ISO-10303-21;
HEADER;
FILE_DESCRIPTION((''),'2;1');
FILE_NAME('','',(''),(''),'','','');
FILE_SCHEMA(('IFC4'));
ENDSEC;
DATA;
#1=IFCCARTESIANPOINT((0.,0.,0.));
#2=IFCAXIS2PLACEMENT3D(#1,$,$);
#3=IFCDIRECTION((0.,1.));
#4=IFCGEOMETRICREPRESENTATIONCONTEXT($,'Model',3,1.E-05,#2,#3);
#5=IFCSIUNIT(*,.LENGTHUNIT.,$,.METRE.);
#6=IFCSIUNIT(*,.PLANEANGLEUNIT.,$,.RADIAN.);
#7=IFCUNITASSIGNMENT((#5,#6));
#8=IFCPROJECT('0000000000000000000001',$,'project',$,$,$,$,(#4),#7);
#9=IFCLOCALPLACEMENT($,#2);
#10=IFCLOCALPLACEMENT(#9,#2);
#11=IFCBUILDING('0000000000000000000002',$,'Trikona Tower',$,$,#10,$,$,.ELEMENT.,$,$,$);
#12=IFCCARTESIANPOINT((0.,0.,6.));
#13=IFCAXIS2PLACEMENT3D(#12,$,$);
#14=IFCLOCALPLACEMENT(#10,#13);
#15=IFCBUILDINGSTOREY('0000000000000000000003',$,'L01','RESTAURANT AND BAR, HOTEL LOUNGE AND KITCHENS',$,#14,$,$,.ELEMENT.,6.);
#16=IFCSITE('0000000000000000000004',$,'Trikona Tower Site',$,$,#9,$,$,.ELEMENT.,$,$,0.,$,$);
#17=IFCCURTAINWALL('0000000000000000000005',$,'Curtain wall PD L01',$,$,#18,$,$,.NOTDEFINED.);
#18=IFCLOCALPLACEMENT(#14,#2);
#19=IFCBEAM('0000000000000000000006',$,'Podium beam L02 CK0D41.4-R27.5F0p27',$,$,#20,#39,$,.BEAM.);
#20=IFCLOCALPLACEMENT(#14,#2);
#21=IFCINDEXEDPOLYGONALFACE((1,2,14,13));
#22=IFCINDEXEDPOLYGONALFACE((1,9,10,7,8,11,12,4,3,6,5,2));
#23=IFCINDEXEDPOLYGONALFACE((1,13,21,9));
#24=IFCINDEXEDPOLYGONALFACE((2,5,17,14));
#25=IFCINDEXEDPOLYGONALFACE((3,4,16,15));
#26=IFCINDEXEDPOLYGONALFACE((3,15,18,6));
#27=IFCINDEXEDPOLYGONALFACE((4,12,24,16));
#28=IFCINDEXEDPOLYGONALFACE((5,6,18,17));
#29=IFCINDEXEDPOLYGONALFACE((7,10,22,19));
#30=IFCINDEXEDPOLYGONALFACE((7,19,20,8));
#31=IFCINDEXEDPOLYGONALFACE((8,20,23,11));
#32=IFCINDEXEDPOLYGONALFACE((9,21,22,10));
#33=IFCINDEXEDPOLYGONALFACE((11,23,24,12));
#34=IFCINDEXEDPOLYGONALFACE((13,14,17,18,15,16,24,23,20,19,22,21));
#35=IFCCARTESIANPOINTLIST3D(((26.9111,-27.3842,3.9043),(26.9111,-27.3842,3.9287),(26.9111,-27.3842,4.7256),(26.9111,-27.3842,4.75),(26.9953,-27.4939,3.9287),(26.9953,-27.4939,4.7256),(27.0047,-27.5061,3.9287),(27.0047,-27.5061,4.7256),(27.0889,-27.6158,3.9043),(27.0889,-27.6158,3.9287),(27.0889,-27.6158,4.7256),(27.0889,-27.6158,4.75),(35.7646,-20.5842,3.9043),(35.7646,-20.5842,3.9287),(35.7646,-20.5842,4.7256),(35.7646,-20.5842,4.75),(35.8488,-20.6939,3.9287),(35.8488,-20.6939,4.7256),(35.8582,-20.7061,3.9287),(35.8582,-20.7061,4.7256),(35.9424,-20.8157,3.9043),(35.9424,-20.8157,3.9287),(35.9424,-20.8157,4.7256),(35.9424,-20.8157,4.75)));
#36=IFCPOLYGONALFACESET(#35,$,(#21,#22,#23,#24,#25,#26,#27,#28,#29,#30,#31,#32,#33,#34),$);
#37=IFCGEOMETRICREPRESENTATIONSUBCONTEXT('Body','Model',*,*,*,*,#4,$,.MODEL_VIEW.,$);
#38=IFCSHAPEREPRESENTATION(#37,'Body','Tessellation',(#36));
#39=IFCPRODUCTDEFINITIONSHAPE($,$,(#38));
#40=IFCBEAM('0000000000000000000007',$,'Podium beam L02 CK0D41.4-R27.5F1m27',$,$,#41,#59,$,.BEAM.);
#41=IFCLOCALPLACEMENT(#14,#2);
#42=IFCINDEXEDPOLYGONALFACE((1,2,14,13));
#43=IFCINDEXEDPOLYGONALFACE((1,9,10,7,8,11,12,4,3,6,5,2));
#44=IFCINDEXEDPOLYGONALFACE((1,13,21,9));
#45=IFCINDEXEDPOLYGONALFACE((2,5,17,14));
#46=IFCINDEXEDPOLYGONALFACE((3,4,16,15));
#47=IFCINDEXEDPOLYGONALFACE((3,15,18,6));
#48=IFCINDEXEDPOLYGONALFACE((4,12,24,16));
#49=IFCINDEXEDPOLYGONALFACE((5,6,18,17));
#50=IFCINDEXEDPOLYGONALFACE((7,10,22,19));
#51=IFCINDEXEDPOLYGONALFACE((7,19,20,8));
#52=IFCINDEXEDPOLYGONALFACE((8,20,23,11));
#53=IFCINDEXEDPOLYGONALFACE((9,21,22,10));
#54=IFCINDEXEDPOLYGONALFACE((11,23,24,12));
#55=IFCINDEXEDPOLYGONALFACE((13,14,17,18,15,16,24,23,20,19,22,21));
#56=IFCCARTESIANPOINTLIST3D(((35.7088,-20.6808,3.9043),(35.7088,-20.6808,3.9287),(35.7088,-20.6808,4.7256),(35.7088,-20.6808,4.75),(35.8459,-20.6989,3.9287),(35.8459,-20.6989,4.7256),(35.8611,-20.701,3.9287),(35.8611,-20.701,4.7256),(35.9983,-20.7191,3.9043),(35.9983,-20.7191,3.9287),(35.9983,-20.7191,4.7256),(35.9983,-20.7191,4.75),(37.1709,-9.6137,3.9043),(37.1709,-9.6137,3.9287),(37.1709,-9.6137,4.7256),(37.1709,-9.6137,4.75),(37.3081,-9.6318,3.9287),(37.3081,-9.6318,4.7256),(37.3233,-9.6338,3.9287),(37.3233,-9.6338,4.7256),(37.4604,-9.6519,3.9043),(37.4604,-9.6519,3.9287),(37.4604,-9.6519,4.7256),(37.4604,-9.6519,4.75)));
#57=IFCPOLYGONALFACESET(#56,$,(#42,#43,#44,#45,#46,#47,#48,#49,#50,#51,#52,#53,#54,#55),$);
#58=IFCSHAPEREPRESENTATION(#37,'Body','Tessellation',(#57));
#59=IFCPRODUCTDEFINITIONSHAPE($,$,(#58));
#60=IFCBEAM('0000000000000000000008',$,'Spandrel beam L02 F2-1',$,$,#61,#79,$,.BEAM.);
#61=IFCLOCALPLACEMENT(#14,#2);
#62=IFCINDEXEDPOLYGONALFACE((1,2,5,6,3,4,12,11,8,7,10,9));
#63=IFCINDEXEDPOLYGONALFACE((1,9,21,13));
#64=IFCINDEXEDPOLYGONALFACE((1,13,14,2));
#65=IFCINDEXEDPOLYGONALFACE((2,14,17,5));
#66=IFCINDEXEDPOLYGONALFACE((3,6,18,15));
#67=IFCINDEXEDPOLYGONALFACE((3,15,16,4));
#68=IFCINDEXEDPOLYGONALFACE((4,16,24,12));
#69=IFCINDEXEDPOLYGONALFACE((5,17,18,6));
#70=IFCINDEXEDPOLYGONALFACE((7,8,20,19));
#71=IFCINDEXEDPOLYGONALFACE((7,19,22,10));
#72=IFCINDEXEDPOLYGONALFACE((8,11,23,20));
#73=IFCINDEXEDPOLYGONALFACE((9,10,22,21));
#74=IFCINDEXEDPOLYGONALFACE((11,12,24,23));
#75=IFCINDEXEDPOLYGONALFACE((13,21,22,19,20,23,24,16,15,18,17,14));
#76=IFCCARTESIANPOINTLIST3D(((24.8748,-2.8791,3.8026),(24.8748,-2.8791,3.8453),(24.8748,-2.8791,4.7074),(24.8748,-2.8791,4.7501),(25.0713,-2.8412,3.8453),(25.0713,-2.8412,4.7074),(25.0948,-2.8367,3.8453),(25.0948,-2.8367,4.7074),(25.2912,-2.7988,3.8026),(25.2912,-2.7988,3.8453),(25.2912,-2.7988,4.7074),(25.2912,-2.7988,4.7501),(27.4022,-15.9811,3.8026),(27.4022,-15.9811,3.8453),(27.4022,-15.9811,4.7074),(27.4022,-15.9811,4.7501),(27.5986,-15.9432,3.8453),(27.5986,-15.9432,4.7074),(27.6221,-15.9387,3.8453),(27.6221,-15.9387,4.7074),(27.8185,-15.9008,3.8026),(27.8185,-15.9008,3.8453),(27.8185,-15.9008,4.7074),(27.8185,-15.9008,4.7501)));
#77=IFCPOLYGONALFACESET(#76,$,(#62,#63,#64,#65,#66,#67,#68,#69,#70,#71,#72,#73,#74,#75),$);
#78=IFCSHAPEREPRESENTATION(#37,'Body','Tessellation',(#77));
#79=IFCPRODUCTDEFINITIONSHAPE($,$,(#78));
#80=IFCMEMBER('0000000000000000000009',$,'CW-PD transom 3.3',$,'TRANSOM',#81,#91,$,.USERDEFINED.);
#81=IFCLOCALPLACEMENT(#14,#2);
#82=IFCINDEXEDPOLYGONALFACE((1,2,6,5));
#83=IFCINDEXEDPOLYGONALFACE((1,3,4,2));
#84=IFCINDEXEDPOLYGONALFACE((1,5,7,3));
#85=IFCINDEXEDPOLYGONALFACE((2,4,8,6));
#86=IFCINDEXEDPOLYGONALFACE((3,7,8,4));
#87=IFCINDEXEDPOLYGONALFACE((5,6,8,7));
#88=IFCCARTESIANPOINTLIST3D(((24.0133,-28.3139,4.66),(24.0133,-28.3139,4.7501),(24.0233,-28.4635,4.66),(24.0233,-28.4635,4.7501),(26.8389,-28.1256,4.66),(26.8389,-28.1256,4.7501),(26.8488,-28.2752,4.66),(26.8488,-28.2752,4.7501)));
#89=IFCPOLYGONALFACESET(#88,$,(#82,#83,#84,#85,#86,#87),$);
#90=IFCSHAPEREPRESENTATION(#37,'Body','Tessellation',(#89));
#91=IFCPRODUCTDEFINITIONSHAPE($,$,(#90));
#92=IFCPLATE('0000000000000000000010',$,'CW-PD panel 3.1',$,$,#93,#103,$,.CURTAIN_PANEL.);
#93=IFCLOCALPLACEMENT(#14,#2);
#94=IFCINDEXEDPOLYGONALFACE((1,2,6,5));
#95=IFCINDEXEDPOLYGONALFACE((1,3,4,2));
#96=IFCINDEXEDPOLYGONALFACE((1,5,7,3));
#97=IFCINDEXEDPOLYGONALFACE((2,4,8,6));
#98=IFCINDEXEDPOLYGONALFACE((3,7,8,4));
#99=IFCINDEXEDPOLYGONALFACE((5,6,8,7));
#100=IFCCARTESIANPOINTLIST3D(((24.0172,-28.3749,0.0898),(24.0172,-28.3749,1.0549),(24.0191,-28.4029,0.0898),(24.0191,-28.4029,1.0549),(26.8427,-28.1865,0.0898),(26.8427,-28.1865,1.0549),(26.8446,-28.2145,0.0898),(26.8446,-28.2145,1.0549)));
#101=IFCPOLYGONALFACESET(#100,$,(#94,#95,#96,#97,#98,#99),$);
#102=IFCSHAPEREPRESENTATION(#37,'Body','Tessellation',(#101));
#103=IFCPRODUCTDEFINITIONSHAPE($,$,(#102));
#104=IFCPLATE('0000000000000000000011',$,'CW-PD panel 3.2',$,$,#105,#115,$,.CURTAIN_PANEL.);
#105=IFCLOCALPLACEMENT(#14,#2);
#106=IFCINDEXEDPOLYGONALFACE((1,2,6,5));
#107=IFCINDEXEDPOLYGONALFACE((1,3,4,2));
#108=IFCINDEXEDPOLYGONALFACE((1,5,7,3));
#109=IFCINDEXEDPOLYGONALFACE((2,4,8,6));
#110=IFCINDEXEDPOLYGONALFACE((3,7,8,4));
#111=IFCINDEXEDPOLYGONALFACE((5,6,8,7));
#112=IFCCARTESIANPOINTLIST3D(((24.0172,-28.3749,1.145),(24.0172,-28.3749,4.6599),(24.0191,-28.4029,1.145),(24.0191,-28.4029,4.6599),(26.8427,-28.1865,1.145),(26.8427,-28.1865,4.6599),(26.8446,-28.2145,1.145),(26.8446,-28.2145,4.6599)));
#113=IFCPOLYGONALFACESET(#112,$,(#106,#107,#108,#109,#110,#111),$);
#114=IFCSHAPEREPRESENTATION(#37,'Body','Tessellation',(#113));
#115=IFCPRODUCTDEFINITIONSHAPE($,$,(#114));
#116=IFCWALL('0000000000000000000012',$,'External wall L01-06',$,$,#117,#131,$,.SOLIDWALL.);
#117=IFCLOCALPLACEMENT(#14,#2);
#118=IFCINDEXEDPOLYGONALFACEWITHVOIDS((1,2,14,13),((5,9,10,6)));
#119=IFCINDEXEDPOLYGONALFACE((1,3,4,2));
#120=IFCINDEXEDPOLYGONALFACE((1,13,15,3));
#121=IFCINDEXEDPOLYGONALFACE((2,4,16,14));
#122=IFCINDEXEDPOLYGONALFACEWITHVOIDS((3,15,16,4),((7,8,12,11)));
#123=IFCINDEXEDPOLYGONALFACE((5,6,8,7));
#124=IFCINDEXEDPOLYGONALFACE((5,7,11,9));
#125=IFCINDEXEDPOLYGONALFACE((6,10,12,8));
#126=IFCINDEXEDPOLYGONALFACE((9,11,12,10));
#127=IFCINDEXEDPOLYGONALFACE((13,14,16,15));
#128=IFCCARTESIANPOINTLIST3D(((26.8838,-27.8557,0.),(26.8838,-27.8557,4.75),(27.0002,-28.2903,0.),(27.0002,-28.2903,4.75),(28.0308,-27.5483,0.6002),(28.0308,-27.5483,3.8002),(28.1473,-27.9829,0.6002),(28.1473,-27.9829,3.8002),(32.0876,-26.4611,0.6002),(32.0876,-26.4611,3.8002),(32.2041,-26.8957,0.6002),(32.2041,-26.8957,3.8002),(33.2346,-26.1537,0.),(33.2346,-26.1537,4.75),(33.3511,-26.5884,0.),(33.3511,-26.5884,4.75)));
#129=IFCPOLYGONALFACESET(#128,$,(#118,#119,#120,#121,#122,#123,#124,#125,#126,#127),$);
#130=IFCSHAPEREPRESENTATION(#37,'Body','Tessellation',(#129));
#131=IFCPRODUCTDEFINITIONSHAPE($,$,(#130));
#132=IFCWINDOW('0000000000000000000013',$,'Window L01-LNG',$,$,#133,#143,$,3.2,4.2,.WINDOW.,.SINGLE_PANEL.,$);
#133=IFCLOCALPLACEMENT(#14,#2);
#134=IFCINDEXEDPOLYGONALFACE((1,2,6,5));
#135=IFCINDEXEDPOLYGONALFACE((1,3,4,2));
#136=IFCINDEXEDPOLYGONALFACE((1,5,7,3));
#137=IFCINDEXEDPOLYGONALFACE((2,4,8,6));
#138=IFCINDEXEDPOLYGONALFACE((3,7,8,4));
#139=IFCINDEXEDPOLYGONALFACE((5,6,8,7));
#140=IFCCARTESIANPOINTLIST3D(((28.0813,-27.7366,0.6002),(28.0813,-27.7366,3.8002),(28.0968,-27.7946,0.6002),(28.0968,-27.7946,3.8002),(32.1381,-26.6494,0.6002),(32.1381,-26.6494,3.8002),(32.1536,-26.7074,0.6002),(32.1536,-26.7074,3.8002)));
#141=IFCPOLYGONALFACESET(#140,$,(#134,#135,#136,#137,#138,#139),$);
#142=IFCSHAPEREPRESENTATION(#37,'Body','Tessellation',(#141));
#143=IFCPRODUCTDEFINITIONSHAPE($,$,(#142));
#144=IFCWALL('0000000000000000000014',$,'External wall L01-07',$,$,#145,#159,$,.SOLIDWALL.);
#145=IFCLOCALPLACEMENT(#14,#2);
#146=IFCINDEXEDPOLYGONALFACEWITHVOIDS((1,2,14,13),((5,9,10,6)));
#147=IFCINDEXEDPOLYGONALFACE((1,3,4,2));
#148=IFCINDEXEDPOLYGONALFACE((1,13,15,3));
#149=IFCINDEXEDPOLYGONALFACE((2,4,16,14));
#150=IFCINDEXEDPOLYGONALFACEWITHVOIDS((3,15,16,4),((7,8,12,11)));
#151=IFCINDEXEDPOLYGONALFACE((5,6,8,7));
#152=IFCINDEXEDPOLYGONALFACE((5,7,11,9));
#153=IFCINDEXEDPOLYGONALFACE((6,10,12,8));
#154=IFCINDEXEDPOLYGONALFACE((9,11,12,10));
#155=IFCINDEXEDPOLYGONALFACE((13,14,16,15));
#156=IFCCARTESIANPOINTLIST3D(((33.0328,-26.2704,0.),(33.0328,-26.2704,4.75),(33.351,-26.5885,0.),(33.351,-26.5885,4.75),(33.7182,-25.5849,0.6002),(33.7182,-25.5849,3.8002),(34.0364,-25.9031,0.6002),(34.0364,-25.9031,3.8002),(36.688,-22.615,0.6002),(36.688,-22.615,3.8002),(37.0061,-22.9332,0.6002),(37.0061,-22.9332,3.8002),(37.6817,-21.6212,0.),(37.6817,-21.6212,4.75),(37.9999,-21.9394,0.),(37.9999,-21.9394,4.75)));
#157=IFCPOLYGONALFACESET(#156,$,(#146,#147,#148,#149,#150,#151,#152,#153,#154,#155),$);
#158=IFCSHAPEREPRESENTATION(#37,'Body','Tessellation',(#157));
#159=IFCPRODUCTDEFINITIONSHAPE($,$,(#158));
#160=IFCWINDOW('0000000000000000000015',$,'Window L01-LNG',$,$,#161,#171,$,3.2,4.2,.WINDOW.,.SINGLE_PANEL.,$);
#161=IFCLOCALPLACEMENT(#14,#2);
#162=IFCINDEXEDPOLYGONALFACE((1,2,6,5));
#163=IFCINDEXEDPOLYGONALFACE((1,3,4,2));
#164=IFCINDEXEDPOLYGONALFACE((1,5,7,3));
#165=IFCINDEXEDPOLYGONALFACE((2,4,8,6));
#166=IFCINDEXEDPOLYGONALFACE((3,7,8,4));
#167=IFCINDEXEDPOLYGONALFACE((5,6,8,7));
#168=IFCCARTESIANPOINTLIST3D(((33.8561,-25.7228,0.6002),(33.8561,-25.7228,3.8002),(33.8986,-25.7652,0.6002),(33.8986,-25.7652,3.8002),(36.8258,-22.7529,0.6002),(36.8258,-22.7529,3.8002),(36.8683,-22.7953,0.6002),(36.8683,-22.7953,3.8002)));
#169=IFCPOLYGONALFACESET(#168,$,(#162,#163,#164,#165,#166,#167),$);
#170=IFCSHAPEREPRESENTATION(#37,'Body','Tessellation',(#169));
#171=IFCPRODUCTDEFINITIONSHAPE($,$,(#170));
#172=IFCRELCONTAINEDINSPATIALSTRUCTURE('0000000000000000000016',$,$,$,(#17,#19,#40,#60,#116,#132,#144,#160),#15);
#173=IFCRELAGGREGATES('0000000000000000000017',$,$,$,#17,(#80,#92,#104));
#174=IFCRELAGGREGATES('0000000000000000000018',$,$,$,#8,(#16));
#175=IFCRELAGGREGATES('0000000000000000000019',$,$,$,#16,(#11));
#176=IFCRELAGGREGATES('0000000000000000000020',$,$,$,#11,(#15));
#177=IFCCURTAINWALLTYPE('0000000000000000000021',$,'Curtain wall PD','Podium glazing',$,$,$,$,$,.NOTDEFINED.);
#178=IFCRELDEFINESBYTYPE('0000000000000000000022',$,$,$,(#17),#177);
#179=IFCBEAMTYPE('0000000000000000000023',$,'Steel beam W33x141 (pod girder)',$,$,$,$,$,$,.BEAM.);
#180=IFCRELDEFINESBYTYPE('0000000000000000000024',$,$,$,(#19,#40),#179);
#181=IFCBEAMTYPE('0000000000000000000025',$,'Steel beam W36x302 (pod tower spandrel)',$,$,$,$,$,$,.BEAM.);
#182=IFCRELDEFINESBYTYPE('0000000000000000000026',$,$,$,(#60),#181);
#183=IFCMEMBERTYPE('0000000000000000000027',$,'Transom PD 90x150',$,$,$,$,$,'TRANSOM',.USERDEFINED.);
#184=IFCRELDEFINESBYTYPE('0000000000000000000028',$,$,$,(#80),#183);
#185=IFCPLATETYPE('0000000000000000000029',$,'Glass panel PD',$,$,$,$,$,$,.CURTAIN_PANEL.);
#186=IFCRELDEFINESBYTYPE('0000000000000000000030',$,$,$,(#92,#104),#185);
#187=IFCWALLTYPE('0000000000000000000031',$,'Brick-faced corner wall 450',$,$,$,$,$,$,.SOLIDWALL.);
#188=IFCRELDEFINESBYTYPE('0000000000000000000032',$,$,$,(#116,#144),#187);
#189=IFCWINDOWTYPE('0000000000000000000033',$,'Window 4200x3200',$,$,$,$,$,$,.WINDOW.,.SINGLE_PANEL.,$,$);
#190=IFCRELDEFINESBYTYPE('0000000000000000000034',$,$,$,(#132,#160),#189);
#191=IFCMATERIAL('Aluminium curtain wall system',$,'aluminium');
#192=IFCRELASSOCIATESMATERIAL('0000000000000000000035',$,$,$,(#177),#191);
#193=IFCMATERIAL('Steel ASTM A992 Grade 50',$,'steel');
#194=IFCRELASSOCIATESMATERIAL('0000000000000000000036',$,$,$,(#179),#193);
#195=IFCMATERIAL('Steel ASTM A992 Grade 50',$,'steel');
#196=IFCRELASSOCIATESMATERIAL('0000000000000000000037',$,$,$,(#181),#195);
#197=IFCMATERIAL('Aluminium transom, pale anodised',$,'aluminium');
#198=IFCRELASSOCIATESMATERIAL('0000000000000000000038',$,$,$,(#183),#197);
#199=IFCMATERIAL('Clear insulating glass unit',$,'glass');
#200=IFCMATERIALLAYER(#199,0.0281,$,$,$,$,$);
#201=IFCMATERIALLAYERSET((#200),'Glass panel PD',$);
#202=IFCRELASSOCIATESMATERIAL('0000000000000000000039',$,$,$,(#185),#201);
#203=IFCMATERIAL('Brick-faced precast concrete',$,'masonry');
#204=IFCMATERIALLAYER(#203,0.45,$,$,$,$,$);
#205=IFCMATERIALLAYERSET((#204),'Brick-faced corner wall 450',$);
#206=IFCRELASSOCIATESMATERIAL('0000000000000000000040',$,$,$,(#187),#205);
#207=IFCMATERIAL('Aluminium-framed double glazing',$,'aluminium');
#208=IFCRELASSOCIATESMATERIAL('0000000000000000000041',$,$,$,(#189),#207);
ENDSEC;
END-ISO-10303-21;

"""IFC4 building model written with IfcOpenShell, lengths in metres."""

from ifc_helpers import new_model, si_unit, direction, frame, frame_2d, origin, origin_2d, place, context, subcontext, project, spatial, rectangle, i_section, extrude, material, layer, layer_set, material_profile, profile_set, type_object, element, fill, aggregate, save


model = new_model("IFC4")

# Units and contexts
model_context = context("Model", 3, precision=1e-05, world=origin(), true_north=direction((0.0, 1.0)))
body_context = subcontext(model_context, "Body", "Model", "MODEL_VIEW")
ifc_project = project(units=[si_unit("LENGTHUNIT", "METRE"), si_unit("PLANEANGLEUNIT", "RADIAN")], contexts=[model_context])

# Site, building, storey
site_placement = place(None, origin())
site = spatial("IfcSite", under=ifc_project, at=site_placement, Name="Trikona Tower Site", CompositionType="ELEMENT", RefElevation=0.0)
building_placement = place(site_placement, origin())
building = spatial("IfcBuilding", under=site, at=building_placement, Name="Trikona Tower", CompositionType="ELEMENT")
storey_placement = place(building_placement, frame((0.0, 0.0, 6.0)))
storey = spatial("IfcBuildingStorey", under=building, at=storey_placement, Name="L01", Description="RESTAURANT AND BAR, HOTEL LOUNGE AND KITCHENS", CompositionType="ELEMENT", Elevation=6.0)

# Curtain wall
ifc_material_1 = material(Name="Aluminium curtain wall system", Category="aluminium")
curtain_wall_type = type_object("IfcCurtainWallType", Name="Curtain wall PD", Description="Podium glazing", PredefinedType="NOTDEFINED", material=ifc_material_1)
curtain_wall_placement = place(storey_placement, origin())
curtain_wall = element("IfcCurtainWall", 1, at=curtain_wall_placement, inside=storey, type_object=curtain_wall_type, Name="Curtain wall PD L01", PredefinedType="NOTDEFINED")

# Beams
ifc_material_2 = material(Name="Steel ASTM A992 Grade 50", Category="steel")
ifc_material_profile_1 = material_profile(ifc_material_2, i_section(OverallWidth=0.292, OverallDepth=0.8457, WebThickness=0.0154, FlangeThickness=0.0244, at=origin_2d()), Name="W33X141")
ifc_profile_set_1 = profile_set([ifc_material_profile_1], Name="Steel ASTM A992 Grade 50")
beam_type_1 = type_object("IfcBeamType", Name="Steel beam W33x141 (pod girder)", PredefinedType="BEAM", material=ifc_profile_set_1)
beam_1_placement = place(storey_placement, frame((35.8535, -20.7, 4.3271), z_axis=(-0.793072, -0.609128, 0.0), x_axis=(0.609128, -0.793072, 0.0)))
element("IfcBeam", 2, at=beam_1_placement, inside=storey, type_object=beam_type_1, Name="Podium beam L02 CK0D41.4-R27.5F0p27", PredefinedType="BEAM", context=body_context, shape_type="SweptSolid", body=[
    extrude(i_section(OverallWidth=0.292, OverallDepth=0.8457, WebThickness=0.0154, FlangeThickness=0.0244, at=origin_2d()), origin(), (0.0, 0.0, 1.0), 11.1636),
])
beam_2_placement = place(storey_placement, frame((35.8535, -20.7, 4.3271), z_axis=(0.130979, 0.991385, 0.0), x_axis=(-0.991385, 0.130979, 0.0)))
element("IfcBeam", 3, at=beam_2_placement, inside=storey, type_object=beam_type_1, Name="Podium beam L02 CK0D41.4-R27.5F1m27", PredefinedType="BEAM", context=body_context, shape_type="SweptSolid", body=[
    extrude(i_section(OverallWidth=0.292, OverallDepth=0.8457, WebThickness=0.0154, FlangeThickness=0.0244, at=origin_2d()), origin(), (0.0, 0.0, 1.0), 11.1633),
])
ifc_material_3 = material(Name="Steel ASTM A992 Grade 50", Category="steel")
ifc_material_profile_2 = material_profile(ifc_material_3, i_section(OverallWidth=0.4241, OverallDepth=0.9475, WebThickness=0.0239, FlangeThickness=0.0427, at=origin_2d()), Name="W36X302")
ifc_profile_set_2 = profile_set([ifc_material_profile_2], Name="Steel ASTM A992 Grade 50")
beam_type_2 = type_object("IfcBeamType", Name="Steel beam W36x302 (pod tower spandrel)", PredefinedType="BEAM", material=ifc_profile_set_2)
beam_3_placement = place(storey_placement, frame((27.6104, -15.9409, 4.2764), z_axis=(-0.189405, 0.981899, 0.0), x_axis=(-0.981899, -0.189405, 0.0)))
element("IfcBeam", 4, at=beam_3_placement, inside=storey, type_object=beam_type_2, Name="Spandrel beam L02 F2-1", PredefinedType="BEAM", context=body_context, shape_type="SweptSolid", body=[
    extrude(i_section(OverallWidth=0.4241, OverallDepth=0.9475, WebThickness=0.0239, FlangeThickness=0.0427, at=origin_2d()), origin(), (0.0, 0.0, 1.0), 13.3435),
])

# Member
ifc_material_4 = material(Name="Aluminium transom, pale anodised", Category="aluminium")
ifc_material_profile_3 = material_profile(ifc_material_4, rectangle(XDim=0.1499, YDim=0.0901, at=origin_2d()), Name="TRN-PD")
ifc_profile_set_3 = profile_set([ifc_material_profile_3], Name="Aluminium transom, pale anodised")
member_type_1 = type_object("IfcMemberType", Name="Transom PD 90x150", ElementType="TRANSOM", PredefinedType="USERDEFINED", material=ifc_profile_set_3)
member_1_placement = place(storey_placement, frame((24.0183, -28.3887, 4.7051), z_axis=(0.997788, 0.066473, 0.0), x_axis=(-0.066473, 0.997788, 0.0)))
member_1 = element("IfcMember", 5, at=member_1_placement, type_object=member_type_1, Name="CW-PD transom 3.3", ObjectType="TRANSOM", PredefinedType="USERDEFINED", context=body_context, shape_type="SweptSolid", body=[
    extrude(rectangle(XDim=0.1499, YDim=0.0901, at=origin_2d()), origin(), (0.0, 0.0, 1.0), 2.8318),
])

# Plates
ifc_material_5 = material(Name="Clear insulating glass unit", Category="glass")
ifc_layer_1 = layer(ifc_material_5, 0.0281)
ifc_layer_set_1 = layer_set([ifc_layer_1], Name="Glass panel PD")
plate_type = type_object("IfcPlateType", Name="Glass panel PD", PredefinedType="CURTAIN_PANEL", material=ifc_layer_set_1)
plate_1_placement = place(storey_placement, frame((25.4309, -28.2947, 0.0898), z_axis=(0.0, 0.0, 1.0), x_axis=(0.997785, 0.066517, 0.0)))
plate_1 = element("IfcPlate", 6, at=plate_1_placement, type_object=plate_type, Name="CW-PD panel 3.1", PredefinedType="CURTAIN_PANEL", context=body_context, shape_type="SweptSolid", body=[
    extrude(rectangle(XDim=2.8318, YDim=0.0281, at=origin_2d()), origin(), (0.0, 0.0, 1.0), 0.9651),
])
plate_2_placement = place(storey_placement, frame((25.4309, -28.2947, 1.145), z_axis=(0.0, 0.0, 1.0), x_axis=(0.997785, 0.066517, 0.0)))
plate_2 = element("IfcPlate", 7, at=plate_2_placement, type_object=plate_type, Name="CW-PD panel 3.2", PredefinedType="CURTAIN_PANEL", context=body_context, shape_type="SweptSolid", body=[
    extrude(rectangle(XDim=2.8318, YDim=0.0281, at=origin_2d()), origin(), (0.0, 0.0, 1.0), 3.5149),
])
aggregate(curtain_wall, [member_1, plate_1, plate_2])

# Walls, openings, windows
ifc_material_6 = material(Name="Brick-faced precast concrete", Category="masonry")
ifc_layer_2 = layer(ifc_material_6, 0.45)
ifc_layer_set_2 = layer_set([ifc_layer_2], Name="Brick-faced corner wall 450")
wall_type_1 = type_object("IfcWallType", Name="Brick-faced corner wall 450", PredefinedType="SOLIDWALL", material=ifc_layer_set_2)
wall_1_placement = place(storey_placement, frame((26.9419, -28.073, 0.0), z_axis=(0.0, 0.0, 1.0), x_axis=(0.965918, 0.258848, 0.0)))
wall_1 = element("IfcWall", 8, at=wall_1_placement, inside=storey, type_object=wall_type_1, Name="External wall L01-06", PredefinedType="SOLIDWALL", context=body_context, shape_type="SweptSolid", body=[
    extrude(rectangle(XDim=6.575, YDim=0.45, at=frame_2d((3.2876, 0.0))), origin(), (0.0, 0.0, 1.0), 4.75),
])
opening_1_placement = place(wall_1_placement, frame((1.1875, 0.0, 0.6001)))
opening_1 = element("IfcOpeningElement", 9, at=opening_1_placement, cuts=wall_1, PredefinedType="OPENING", context=body_context, shape_type="SweptSolid", body=[
    extrude(rectangle(XDim=4.2, YDim=3.2, at=frame_2d((2.1001, 1.6001))), frame((0.0, 0.2349, 0.0), z_axis=(0.0, -1.0, 0.0), x_axis=(1.0, 0.0, 0.0)), (0.0, 0.0, 1.0), 0.47),
])
ifc_material_7 = material(Name="Aluminium-framed double glazing", Category="aluminium")
window_type = type_object("IfcWindowType", Name="Window 4200x3200", PartitioningType="SINGLE_PANEL", PredefinedType="WINDOW", material=ifc_material_7)
window_1_placement = place(opening_1_placement, origin())
window_1 = element("IfcWindow", 10, at=window_1_placement, inside=storey, type_object=window_type, Name="Window L01-LNG", OverallHeight=3.2, OverallWidth=4.2, PartitioningType="SINGLE_PANEL", PredefinedType="WINDOW", context=body_context, shape_type="SweptSolid", body=[
    extrude(rectangle(XDim=4.2, YDim=3.2, at=frame_2d((2.1001, 1.6001))), frame((0.0, 0.03, 0.0), z_axis=(0.0, -1.0, 0.0), x_axis=(1.0, 0.0, 0.0)), (0.0, 0.0, 1.0), 0.0601),
])
fill(opening_1, window_1)
wall_2_placement = place(storey_placement, frame((33.1919, -26.4294, 0.0), z_axis=(0.0, 0.0, 1.0), x_axis=(0.707088, 0.707125, 0.0)))
wall_2 = element("IfcWall", 11, at=wall_2_placement, inside=storey, type_object=wall_type_1, Name="External wall L01-07", PredefinedType="SOLIDWALL", context=body_context, shape_type="SweptSolid", body=[
    extrude(rectangle(XDim=6.5747, YDim=0.45, at=frame_2d((3.2874, 0.0))), origin(), (0.0, 0.0, 1.0), 4.75),
])
opening_2_placement = place(wall_2_placement, frame((0.9692, 0.0, 0.6001)))
opening_2 = element("IfcOpeningElement", 12, at=opening_2_placement, cuts=wall_2, PredefinedType="OPENING", context=body_context, shape_type="SweptSolid", body=[
    extrude(rectangle(XDim=4.2, YDim=3.2, at=frame_2d((2.1001, 1.6001))), frame((0.0, 0.2349, 0.0), z_axis=(0.0, -1.0, 0.0), x_axis=(1.0, 0.0, 0.0)), (0.0, 0.0, 1.0), 0.47),
])
window_2_placement = place(opening_2_placement, origin())
window_2 = element("IfcWindow", 13, at=window_2_placement, inside=storey, type_object=window_type, Name="Window L01-LNG", OverallHeight=3.2, OverallWidth=4.2, PartitioningType="SINGLE_PANEL", PredefinedType="WINDOW", context=body_context, shape_type="SweptSolid", body=[
    extrude(rectangle(XDim=4.2, YDim=3.2, at=frame_2d((2.1001, 1.6001))), frame((0.0, 0.03, 0.0), z_axis=(0.0, -1.0, 0.0), x_axis=(1.0, 0.0, 0.0)), (0.0, 0.0, 1.0), 0.0601),
])
fill(opening_2, window_2)

save(model, "model.ifc")
